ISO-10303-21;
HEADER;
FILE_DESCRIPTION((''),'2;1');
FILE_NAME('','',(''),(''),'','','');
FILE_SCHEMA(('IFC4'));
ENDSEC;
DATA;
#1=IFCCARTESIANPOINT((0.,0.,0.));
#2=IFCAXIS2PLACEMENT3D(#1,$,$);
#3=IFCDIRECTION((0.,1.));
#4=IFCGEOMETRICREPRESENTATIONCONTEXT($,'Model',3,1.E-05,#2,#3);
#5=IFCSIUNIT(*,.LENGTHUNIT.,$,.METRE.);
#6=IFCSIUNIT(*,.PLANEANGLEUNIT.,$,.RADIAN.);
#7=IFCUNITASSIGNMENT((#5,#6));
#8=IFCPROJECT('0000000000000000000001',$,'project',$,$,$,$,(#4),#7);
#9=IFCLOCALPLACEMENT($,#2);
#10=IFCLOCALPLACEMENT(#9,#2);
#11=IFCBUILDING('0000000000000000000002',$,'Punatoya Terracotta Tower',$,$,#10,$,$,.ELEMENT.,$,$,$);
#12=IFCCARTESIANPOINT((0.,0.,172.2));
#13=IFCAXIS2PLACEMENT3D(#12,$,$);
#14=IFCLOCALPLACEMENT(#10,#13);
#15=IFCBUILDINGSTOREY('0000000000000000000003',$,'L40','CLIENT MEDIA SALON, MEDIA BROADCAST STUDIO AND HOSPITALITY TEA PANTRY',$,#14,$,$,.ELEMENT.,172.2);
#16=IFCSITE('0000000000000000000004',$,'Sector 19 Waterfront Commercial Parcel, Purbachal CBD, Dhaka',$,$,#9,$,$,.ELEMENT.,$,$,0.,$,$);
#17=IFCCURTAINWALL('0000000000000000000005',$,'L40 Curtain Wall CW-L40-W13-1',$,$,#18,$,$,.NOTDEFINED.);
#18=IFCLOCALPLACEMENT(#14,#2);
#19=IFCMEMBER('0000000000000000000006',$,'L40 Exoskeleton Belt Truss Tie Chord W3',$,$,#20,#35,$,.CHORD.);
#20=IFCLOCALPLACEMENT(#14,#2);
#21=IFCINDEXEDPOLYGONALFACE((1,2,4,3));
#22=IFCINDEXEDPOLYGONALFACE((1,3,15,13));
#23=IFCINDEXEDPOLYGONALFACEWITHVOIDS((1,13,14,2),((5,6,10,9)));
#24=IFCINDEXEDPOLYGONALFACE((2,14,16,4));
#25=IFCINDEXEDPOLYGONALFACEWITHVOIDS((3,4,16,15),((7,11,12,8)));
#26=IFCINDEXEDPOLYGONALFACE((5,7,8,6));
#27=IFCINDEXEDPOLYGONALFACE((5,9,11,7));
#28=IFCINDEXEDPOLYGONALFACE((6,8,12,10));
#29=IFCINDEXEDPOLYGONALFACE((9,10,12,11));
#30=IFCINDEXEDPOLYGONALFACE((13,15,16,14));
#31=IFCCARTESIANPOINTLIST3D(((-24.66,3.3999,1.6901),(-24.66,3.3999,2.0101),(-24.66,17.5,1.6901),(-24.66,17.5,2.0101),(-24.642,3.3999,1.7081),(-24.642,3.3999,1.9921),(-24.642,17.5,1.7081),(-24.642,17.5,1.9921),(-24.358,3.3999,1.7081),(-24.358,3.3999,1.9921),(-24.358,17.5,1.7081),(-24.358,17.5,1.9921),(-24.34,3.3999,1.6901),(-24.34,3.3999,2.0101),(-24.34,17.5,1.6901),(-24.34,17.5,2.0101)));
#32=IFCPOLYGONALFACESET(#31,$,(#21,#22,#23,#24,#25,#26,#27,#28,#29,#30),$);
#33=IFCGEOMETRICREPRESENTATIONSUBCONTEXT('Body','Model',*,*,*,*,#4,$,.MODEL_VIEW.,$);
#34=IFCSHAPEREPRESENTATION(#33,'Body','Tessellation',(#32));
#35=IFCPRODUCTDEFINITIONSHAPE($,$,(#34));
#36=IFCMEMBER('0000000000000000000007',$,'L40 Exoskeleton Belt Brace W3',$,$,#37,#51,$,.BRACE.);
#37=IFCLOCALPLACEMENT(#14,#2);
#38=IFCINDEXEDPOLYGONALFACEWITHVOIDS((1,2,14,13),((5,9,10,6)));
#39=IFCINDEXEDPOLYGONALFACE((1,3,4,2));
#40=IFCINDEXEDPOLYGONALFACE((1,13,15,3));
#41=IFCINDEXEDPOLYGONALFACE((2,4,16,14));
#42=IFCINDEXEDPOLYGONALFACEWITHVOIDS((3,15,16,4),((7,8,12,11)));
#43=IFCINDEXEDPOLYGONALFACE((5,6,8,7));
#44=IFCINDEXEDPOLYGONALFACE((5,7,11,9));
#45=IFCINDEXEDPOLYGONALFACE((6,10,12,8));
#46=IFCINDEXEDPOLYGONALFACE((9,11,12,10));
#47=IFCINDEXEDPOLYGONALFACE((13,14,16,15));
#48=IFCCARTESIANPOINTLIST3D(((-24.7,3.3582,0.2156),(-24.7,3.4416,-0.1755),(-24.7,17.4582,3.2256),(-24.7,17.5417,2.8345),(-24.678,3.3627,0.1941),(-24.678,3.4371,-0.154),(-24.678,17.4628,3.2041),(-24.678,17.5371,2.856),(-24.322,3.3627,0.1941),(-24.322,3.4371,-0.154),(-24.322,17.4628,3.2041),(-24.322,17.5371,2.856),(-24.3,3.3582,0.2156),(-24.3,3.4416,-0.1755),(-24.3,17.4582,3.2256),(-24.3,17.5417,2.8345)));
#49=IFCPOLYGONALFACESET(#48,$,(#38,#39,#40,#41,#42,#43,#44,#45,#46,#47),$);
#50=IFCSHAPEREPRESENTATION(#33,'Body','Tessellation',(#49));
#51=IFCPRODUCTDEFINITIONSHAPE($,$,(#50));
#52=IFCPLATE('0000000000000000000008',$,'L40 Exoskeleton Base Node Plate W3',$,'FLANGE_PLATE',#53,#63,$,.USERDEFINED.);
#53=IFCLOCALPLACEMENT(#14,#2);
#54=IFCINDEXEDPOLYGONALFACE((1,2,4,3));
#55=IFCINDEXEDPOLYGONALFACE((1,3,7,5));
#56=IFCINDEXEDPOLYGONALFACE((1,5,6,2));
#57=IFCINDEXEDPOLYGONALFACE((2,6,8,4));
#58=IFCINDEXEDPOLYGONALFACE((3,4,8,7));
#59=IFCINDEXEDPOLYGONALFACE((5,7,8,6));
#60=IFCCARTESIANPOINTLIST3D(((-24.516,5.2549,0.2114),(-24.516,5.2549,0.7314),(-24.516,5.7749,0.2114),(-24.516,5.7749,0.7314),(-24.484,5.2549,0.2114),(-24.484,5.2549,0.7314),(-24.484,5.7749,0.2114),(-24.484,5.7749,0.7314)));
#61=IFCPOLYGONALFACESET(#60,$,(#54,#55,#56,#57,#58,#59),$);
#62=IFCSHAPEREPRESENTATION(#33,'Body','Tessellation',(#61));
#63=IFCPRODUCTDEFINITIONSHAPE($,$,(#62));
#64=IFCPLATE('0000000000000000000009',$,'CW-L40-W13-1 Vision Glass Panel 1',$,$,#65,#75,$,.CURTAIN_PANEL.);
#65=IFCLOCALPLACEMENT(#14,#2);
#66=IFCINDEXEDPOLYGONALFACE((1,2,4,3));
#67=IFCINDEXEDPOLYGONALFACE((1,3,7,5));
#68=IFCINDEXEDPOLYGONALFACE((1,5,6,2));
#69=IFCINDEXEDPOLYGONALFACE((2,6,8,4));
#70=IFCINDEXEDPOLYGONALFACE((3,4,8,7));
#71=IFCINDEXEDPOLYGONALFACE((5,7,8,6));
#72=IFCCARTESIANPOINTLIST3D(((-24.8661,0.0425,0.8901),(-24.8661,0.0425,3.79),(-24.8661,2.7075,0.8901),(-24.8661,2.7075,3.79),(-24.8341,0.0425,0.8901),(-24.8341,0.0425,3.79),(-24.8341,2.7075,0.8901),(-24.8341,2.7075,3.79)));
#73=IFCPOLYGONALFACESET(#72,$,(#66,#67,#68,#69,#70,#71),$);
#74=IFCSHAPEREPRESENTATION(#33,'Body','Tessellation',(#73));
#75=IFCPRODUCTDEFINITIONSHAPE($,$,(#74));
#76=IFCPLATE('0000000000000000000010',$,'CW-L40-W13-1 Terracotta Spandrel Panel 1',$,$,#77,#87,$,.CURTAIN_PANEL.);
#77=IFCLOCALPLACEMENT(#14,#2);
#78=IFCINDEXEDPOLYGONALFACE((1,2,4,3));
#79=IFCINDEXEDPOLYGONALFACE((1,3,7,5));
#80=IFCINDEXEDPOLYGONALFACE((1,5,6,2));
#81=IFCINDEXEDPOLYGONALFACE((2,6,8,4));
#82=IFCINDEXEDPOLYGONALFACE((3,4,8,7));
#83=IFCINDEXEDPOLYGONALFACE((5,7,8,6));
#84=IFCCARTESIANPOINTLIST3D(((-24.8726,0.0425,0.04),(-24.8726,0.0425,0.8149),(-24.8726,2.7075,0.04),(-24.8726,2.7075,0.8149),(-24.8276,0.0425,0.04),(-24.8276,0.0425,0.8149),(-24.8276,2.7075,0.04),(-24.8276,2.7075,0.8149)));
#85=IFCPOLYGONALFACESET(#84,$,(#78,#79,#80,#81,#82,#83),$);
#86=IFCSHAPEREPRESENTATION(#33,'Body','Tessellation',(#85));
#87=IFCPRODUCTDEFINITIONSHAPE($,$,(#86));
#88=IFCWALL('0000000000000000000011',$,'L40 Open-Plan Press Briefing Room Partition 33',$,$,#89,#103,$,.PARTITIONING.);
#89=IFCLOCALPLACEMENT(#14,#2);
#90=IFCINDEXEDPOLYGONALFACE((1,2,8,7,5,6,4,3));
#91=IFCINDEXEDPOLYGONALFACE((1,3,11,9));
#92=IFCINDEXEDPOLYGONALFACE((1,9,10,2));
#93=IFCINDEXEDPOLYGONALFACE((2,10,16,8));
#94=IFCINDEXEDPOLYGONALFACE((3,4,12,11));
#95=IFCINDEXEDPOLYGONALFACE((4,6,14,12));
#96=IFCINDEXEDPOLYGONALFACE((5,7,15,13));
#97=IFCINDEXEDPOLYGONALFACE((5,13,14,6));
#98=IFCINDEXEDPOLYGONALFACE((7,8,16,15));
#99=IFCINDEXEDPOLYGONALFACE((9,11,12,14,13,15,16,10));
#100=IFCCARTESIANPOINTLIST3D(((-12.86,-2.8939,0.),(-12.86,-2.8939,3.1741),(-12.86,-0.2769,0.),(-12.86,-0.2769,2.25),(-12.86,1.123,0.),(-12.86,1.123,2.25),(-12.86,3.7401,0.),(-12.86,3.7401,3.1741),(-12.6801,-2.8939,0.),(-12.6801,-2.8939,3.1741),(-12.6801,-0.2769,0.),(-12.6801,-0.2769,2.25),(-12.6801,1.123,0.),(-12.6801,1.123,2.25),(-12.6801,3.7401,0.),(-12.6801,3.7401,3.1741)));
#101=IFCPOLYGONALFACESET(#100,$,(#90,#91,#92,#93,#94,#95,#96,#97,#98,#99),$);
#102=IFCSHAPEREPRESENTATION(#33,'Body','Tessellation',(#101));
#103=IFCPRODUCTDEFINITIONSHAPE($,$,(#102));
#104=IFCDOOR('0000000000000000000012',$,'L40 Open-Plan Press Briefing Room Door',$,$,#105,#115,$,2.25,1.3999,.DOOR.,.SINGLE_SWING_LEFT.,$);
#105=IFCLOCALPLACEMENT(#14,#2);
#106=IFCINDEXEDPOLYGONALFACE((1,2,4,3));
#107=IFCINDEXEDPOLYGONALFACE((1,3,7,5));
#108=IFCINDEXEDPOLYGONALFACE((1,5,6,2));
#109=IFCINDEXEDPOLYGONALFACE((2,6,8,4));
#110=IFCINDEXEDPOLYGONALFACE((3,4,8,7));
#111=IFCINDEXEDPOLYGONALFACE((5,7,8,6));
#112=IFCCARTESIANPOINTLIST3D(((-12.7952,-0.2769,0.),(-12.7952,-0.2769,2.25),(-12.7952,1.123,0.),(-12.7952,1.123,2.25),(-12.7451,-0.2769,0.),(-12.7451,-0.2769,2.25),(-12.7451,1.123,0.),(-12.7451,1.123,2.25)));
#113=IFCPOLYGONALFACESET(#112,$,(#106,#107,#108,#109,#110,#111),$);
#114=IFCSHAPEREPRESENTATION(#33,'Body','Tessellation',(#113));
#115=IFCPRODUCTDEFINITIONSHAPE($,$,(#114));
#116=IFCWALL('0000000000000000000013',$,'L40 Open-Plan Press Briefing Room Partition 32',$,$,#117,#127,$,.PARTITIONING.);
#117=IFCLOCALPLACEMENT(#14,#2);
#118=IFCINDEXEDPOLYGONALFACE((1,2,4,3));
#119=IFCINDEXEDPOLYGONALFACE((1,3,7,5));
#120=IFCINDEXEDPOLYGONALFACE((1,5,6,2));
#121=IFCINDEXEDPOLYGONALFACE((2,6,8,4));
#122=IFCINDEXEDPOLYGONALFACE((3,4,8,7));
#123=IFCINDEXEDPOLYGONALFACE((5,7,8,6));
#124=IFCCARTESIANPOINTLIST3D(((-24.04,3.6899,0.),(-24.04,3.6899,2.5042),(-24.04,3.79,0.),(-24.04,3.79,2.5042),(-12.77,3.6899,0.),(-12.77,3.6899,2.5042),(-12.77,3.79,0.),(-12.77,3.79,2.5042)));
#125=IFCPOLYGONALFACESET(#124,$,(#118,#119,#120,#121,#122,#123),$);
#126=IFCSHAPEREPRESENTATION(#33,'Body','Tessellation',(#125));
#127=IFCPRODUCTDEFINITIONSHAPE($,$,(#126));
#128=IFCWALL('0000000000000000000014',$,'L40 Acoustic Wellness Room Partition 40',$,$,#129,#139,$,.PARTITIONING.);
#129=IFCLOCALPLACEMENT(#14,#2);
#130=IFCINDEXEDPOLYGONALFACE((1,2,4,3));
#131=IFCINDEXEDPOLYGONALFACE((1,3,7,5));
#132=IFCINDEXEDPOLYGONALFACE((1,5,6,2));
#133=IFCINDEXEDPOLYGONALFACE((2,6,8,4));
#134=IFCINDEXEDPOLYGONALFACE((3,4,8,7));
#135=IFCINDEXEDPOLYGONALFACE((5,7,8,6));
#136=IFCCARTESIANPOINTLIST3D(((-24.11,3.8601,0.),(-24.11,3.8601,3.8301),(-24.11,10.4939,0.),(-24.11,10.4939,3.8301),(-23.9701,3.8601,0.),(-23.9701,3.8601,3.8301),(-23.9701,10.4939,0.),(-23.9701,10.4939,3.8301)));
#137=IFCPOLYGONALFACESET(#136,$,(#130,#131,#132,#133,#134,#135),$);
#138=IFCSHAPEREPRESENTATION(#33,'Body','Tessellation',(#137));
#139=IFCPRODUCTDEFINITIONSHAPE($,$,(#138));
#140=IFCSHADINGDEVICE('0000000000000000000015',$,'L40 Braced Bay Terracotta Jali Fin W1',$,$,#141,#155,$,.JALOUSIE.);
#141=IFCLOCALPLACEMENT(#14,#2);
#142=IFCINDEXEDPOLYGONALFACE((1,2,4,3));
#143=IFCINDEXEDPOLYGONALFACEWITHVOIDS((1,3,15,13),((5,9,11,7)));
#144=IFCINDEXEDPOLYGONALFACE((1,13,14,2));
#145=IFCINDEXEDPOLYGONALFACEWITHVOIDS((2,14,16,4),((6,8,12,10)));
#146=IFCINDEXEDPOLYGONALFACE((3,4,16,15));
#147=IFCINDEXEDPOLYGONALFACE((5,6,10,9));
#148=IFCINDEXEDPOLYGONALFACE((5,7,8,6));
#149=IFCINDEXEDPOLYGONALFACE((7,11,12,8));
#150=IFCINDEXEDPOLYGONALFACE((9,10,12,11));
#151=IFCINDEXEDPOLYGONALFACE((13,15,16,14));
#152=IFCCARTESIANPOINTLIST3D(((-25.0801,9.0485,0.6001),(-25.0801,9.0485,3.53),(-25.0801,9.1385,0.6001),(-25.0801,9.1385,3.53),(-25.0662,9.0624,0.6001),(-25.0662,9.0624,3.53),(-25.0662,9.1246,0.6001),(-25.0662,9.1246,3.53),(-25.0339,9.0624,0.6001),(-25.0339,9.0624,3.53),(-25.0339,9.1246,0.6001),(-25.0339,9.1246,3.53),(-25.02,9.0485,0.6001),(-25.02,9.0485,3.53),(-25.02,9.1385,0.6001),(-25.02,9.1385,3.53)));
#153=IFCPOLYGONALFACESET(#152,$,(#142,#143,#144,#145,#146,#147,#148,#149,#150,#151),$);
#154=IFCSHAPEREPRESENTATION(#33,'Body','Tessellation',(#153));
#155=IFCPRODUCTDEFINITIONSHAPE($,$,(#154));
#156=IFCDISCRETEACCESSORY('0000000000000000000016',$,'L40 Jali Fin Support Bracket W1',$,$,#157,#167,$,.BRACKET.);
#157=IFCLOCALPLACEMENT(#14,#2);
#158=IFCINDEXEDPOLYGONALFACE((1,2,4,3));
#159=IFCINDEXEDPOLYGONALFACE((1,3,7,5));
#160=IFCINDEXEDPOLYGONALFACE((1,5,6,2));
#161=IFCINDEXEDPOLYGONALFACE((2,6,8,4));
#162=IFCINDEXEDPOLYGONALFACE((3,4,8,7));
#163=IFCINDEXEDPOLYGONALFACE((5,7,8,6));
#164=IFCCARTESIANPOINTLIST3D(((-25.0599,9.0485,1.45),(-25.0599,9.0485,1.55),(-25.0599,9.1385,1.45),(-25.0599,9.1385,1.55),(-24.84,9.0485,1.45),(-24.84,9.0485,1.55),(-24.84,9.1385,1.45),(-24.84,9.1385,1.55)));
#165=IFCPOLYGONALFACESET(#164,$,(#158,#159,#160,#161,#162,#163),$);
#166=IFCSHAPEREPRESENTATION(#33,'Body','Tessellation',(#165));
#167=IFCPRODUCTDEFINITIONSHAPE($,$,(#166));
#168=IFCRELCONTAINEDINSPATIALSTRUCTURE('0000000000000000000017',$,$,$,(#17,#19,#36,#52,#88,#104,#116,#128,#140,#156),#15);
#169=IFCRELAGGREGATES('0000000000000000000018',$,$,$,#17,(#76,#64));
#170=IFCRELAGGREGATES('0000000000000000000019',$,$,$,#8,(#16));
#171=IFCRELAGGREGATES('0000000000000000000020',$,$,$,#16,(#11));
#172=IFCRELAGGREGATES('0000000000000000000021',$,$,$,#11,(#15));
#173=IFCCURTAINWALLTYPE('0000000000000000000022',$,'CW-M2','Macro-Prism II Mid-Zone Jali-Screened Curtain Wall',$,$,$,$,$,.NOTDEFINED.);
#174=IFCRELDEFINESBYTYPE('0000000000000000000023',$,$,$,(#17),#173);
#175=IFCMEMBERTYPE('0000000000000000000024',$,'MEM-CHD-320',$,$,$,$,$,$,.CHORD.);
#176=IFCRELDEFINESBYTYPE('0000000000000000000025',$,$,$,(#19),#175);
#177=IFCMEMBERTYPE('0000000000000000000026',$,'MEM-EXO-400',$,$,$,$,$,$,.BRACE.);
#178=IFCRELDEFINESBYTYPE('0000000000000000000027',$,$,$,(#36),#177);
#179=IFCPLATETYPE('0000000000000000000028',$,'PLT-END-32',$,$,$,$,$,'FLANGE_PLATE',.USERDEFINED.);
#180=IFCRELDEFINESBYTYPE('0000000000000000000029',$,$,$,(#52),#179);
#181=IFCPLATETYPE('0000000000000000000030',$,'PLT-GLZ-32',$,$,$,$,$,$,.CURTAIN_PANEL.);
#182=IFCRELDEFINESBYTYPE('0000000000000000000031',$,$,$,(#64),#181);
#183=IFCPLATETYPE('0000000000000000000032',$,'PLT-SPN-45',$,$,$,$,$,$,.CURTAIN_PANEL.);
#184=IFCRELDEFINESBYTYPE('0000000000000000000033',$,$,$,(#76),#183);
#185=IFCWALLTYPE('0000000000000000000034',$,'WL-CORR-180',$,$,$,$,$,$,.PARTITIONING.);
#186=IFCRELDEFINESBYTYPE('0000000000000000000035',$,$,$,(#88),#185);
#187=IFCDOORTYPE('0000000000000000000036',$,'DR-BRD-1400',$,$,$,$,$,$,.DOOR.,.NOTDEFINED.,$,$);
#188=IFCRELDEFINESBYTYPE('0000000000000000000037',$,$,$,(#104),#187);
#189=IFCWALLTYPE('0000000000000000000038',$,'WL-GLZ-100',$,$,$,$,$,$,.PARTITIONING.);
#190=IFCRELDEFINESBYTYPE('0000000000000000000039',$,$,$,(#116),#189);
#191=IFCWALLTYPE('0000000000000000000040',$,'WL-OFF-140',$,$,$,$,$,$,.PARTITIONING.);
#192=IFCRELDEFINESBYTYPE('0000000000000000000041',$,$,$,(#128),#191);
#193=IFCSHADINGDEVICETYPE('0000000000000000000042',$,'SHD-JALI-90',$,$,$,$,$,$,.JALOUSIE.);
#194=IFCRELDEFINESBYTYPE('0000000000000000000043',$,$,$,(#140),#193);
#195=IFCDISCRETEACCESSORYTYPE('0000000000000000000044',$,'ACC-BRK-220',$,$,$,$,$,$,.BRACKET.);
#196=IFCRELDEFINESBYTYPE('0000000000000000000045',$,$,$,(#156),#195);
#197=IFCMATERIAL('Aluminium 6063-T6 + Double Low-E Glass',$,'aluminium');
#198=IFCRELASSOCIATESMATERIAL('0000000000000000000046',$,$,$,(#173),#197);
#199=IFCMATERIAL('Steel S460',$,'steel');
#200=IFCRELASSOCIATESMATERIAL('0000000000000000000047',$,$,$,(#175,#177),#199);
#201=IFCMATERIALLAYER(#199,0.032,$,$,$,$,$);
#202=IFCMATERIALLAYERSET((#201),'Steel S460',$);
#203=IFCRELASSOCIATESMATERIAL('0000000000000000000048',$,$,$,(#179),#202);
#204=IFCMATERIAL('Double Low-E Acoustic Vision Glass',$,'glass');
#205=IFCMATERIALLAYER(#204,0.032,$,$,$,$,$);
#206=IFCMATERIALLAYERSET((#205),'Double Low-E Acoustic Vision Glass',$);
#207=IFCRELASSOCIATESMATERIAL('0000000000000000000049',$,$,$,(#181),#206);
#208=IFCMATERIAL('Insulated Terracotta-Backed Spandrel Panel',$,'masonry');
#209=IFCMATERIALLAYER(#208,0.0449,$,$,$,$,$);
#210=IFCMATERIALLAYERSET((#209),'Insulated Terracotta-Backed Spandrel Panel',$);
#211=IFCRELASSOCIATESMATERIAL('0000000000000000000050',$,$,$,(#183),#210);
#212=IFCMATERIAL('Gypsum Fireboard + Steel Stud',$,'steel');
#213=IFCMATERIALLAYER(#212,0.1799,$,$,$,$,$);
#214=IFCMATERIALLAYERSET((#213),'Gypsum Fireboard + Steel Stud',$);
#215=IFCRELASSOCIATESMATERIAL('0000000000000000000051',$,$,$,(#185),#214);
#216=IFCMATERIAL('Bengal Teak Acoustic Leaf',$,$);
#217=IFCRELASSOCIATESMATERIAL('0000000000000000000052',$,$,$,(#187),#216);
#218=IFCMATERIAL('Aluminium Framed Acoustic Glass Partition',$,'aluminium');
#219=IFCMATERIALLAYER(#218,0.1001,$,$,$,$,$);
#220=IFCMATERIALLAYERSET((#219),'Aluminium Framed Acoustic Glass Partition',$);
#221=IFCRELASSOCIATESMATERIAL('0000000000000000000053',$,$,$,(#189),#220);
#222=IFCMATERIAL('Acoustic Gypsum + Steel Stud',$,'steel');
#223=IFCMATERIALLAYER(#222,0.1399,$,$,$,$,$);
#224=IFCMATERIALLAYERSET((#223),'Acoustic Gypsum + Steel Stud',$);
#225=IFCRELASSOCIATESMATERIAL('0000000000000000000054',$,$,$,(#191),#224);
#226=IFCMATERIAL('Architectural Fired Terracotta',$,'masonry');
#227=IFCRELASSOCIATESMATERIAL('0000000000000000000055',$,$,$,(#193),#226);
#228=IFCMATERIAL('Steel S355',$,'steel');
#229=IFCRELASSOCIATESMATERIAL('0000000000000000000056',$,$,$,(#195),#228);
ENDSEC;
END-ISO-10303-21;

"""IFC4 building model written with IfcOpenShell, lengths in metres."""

from ifc_helpers import new_model, si_unit, direction, frame, frame_2d, origin, origin_2d, place, context, subcontext, project, spatial, rectangle, hollow_rectangle, extrude, material, layer, layer_set, material_profile, profile_set, type_object, element, fill, aggregate, save


model = new_model("IFC4")

# Units and contexts
model_context = context("Model", 3, precision=1e-05, world=origin(), true_north=direction((0.0, 1.0)))
body_context = subcontext(model_context, "Body", "Model", "MODEL_VIEW")
ifc_project = project(units=[si_unit("LENGTHUNIT", "METRE"), si_unit("PLANEANGLEUNIT", "RADIAN")], contexts=[model_context])

# Site, building, storey
site_placement = place(None, origin())
site = spatial("IfcSite", under=ifc_project, at=site_placement, Name="Sector 19 Waterfront Commercial Parcel, Purbachal CBD, Dhaka", CompositionType="ELEMENT", RefElevation=0.0)
building_placement = place(site_placement, origin())
building = spatial("IfcBuilding", under=site, at=building_placement, Name="Punatoya Terracotta Tower", CompositionType="ELEMENT")
storey_placement = place(building_placement, frame((0.0, 0.0, 172.2)))
storey = spatial("IfcBuildingStorey", under=building, at=storey_placement, Name="L40", Description="CLIENT MEDIA SALON, MEDIA BROADCAST STUDIO AND HOSPITALITY TEA PANTRY", CompositionType="ELEMENT", Elevation=172.2)

# Shared definitions
ifc_material_1 = material(Name="Steel S460", Category="steel")

# Curtain wall
ifc_material_2 = material(Name="Aluminium 6063-T6 + Double Low-E Glass", Category="aluminium")
curtain_wall_type = type_object("IfcCurtainWallType", Name="CW-M2", Description="Macro-Prism II Mid-Zone Jali-Screened Curtain Wall", PredefinedType="NOTDEFINED", material=ifc_material_2)
curtain_wall_placement = place(storey_placement, origin())
curtain_wall = element("IfcCurtainWall", 1, at=curtain_wall_placement, inside=storey, type_object=curtain_wall_type, Name="L40 Curtain Wall CW-L40-W13-1", PredefinedType="NOTDEFINED")

# Members
ifc_material_profile_1 = material_profile(ifc_material_1, hollow_rectangle(XDim=0.3201, YDim=0.3201, WallThickness=0.0181, at=origin_2d()))
ifc_profile_set_1 = profile_set([ifc_material_profile_1], Name="Steel S460")
member_type_1 = type_object("IfcMemberType", Name="MEM-CHD-320", PredefinedType="CHORD", material=ifc_profile_set_1)
member_1_placement = place(storey_placement, frame((-24.5, 3.3999, 1.8501), z_axis=(0.0, 1.0, 0.0), x_axis=(-1.0, 0.0, 0.0)))
element("IfcMember", 2, at=member_1_placement, inside=storey, type_object=member_type_1, Name="L40 Exoskeleton Belt Truss Tie Chord W3", PredefinedType="CHORD", context=body_context, shape_type="SweptSolid", body=[
    extrude(hollow_rectangle(XDim=0.3201, YDim=0.3201, WallThickness=0.0181, at=origin_2d()), origin(), (0.0, 0.0, 1.0), 14.1001),
])
ifc_material_profile_2 = material_profile(ifc_material_1, hollow_rectangle(XDim=0.3999, YDim=0.3999, WallThickness=0.022, at=origin_2d()))
ifc_profile_set_2 = profile_set([ifc_material_profile_2], Name="Steel S460")
member_type_2 = type_object("IfcMemberType", Name="MEM-EXO-400", PredefinedType="BRACE", material=ifc_profile_set_2)
member_2_placement = place(storey_placement, frame((-24.5, 3.3999, 0.02), z_axis=(0.0, 0.977965, 0.20877), x_axis=(-1.0, 0.0, 0.0)))
element("IfcMember", 3, at=member_2_placement, inside=storey, type_object=member_type_2, Name="L40 Exoskeleton Belt Brace W3", PredefinedType="BRACE", context=body_context, shape_type="SweptSolid", body=[
    extrude(hollow_rectangle(XDim=0.3999, YDim=0.3999, WallThickness=0.022, at=origin_2d()), origin(), (0.0, 0.0, 1.0), 14.4177),
])

# Plates
ifc_layer_1 = layer(ifc_material_1, 0.032)
ifc_layer_set_1 = layer_set([ifc_layer_1], Name="Steel S460")
plate_type_1 = type_object("IfcPlateType", Name="PLT-END-32", ElementType="FLANGE_PLATE", PredefinedType="USERDEFINED", material=ifc_layer_set_1)
plate_1_placement = place(storey_placement, frame((-24.5, 5.5149, 0.2114), z_axis=(0.0, 0.0, 1.0), x_axis=(0.0, 1.0, 0.0)))
element("IfcPlate", 4, at=plate_1_placement, inside=storey, type_object=plate_type_1, Name="L40 Exoskeleton Base Node Plate W3", ObjectType="FLANGE_PLATE", PredefinedType="USERDEFINED", context=body_context, shape_type="SweptSolid", body=[
    extrude(rectangle(XDim=0.52, YDim=0.032, at=origin_2d()), origin(), (0.0, 0.0, 1.0), 0.52),
])
ifc_material_3 = material(Name="Double Low-E Acoustic Vision Glass", Category="glass")
ifc_layer_2 = layer(ifc_material_3, 0.032)
ifc_layer_set_2 = layer_set([ifc_layer_2], Name="Double Low-E Acoustic Vision Glass")
plate_type_2 = type_object("IfcPlateType", Name="PLT-GLZ-32", PredefinedType="CURTAIN_PANEL", material=ifc_layer_set_2)
plate_2_placement = place(storey_placement, frame((-24.8501, 1.375, 0.8901), z_axis=(0.0, 0.0, 1.0), x_axis=(0.0, -1.0, 0.0)))
plate_2 = element("IfcPlate", 5, at=plate_2_placement, type_object=plate_type_2, Name="CW-L40-W13-1 Vision Glass Panel 1", PredefinedType="CURTAIN_PANEL", context=body_context, shape_type="SweptSolid", body=[
    extrude(rectangle(XDim=2.665, YDim=0.032, at=origin_2d()), origin(), (0.0, 0.0, 1.0), 2.8999),
])
ifc_material_4 = material(Name="Insulated Terracotta-Backed Spandrel Panel", Category="masonry")
ifc_layer_3 = layer(ifc_material_4, 0.0449)
ifc_layer_set_3 = layer_set([ifc_layer_3], Name="Insulated Terracotta-Backed Spandrel Panel")
plate_type_3 = type_object("IfcPlateType", Name="PLT-SPN-45", PredefinedType="CURTAIN_PANEL", material=ifc_layer_set_3)
plate_3_placement = place(storey_placement, frame((-24.8501, 1.375, 0.04), z_axis=(0.0, 0.0, 1.0), x_axis=(0.0, -1.0, 0.0)))
plate_3 = element("IfcPlate", 6, at=plate_3_placement, type_object=plate_type_3, Name="CW-L40-W13-1 Terracotta Spandrel Panel 1", PredefinedType="CURTAIN_PANEL", context=body_context, shape_type="SweptSolid", body=[
    extrude(rectangle(XDim=2.665, YDim=0.0449, at=origin_2d()), origin(), (0.0, 0.0, 1.0), 0.7749),
])
aggregate(curtain_wall, [plate_3, plate_2])

# Wall, opening, door
ifc_material_5 = material(Name="Gypsum Fireboard + Steel Stud", Category="steel")
ifc_layer_4 = layer(ifc_material_5, 0.1799)
ifc_layer_set_4 = layer_set([ifc_layer_4], Name="Gypsum Fireboard + Steel Stud")
wall_type_1 = type_object("IfcWallType", Name="WL-CORR-180", PredefinedType="PARTITIONING", material=ifc_layer_set_4)
wall_1_placement = place(storey_placement, frame((-12.77, 3.74, 0.0), z_axis=(0.0, 0.0, 1.0), x_axis=(0.0, -1.0, 0.0)))
wall_1 = element("IfcWall", 7, at=wall_1_placement, inside=storey, type_object=wall_type_1, Name="L40 Open-Plan Press Briefing Room Partition 33", PredefinedType="PARTITIONING", context=body_context, shape_type="SweptSolid", body=[
    extrude(rectangle(XDim=6.634, YDim=0.1799, at=frame_2d((3.3169, 0.0))), origin(), (0.0, 0.0, 1.0), 3.1741),
])
opening_placement = place(wall_1_placement, frame((2.6169, 0.0, 0.0)))
opening = element("IfcOpeningElement", 8, at=opening_placement, cuts=wall_1, PredefinedType="OPENING", context=body_context, shape_type="SweptSolid", body=[
    extrude(rectangle(XDim=1.3999, YDim=2.25, at=frame_2d((0.7, 1.125))), frame((0.0, 0.0999, 0.0), z_axis=(0.0, -1.0, 0.0), x_axis=(1.0, 0.0, 0.0)), (0.0, 0.0, 1.0), 0.2),
])
ifc_material_6 = material(Name="Bengal Teak Acoustic Leaf")
door_type = type_object("IfcDoorType", Name="DR-BRD-1400", OperationType="NOTDEFINED", PredefinedType="DOOR", material=ifc_material_6)
door_placement = place(opening_placement, origin())
door = element("IfcDoor", 9, at=door_placement, inside=storey, type_object=door_type, Name="L40 Open-Plan Press Briefing Room Door", OperationType="SINGLE_SWING_LEFT", OverallHeight=2.25, OverallWidth=1.3999, PredefinedType="DOOR", context=body_context, shape_type="SweptSolid", body=[
    extrude(rectangle(XDim=1.3999, YDim=2.25, at=frame_2d((0.7, 1.125))), frame((0.0, 0.0249, 0.0), z_axis=(0.0, -1.0, 0.0), x_axis=(1.0, 0.0, 0.0)), (0.0, 0.0, 1.0), 0.05),
])
fill(opening, door)

# Walls
ifc_material_7 = material(Name="Aluminium Framed Acoustic Glass Partition", Category="aluminium")
ifc_layer_5 = layer(ifc_material_7, 0.1001)
ifc_layer_set_5 = layer_set([ifc_layer_5], Name="Aluminium Framed Acoustic Glass Partition")
wall_type_2 = type_object("IfcWallType", Name="WL-GLZ-100", PredefinedType="PARTITIONING", material=ifc_layer_set_5)
wall_2_placement = place(storey_placement, frame((-24.04, 3.74, 0.0), z_axis=(0.0, 0.0, 1.0), x_axis=(1.0, 0.0, 0.0)))
element("IfcWall", 10, at=wall_2_placement, inside=storey, type_object=wall_type_2, Name="L40 Open-Plan Press Briefing Room Partition 32", PredefinedType="PARTITIONING", context=body_context, shape_type="SweptSolid", body=[
    extrude(rectangle(XDim=11.27, YDim=0.1001, at=frame_2d((5.635, 0.0))), origin(), (0.0, 0.0, 1.0), 2.5042),
])
ifc_material_8 = material(Name="Acoustic Gypsum + Steel Stud", Category="steel")
ifc_layer_6 = layer(ifc_material_8, 0.1399)
ifc_layer_set_6 = layer_set([ifc_layer_6], Name="Acoustic Gypsum + Steel Stud")
wall_type_3 = type_object("IfcWallType", Name="WL-OFF-140", PredefinedType="PARTITIONING", material=ifc_layer_set_6)
wall_3_placement = place(storey_placement, frame((-24.04, 3.8601, 0.0), z_axis=(0.0, 0.0, 1.0), x_axis=(0.0, 1.0, 0.0)))
element("IfcWall", 11, at=wall_3_placement, inside=storey, type_object=wall_type_3, Name="L40 Acoustic Wellness Room Partition 40", PredefinedType="PARTITIONING", context=body_context, shape_type="SweptSolid", body=[
    extrude(rectangle(XDim=6.6338, YDim=0.1399, at=frame_2d((3.3169, 0.0))), origin(), (0.0, 0.0, 1.0), 3.8301),
])

# Shading device
ifc_material_9 = material(Name="Architectural Fired Terracotta", Category="masonry")
ifc_material_profile_3 = material_profile(ifc_material_9, hollow_rectangle(XDim=0.0601, YDim=0.0901, WallThickness=0.0139, at=origin_2d()))
ifc_profile_set_3 = profile_set([ifc_material_profile_3], Name="Architectural Fired Terracotta")
shading_device_type = type_object("IfcShadingDeviceType", Name="SHD-JALI-90", PredefinedType="JALOUSIE", material=ifc_profile_set_3)
shading_device_placement = place(storey_placement, frame((-25.05, 9.0935, 0.6001), z_axis=(0.0, 0.0, 1.0), x_axis=(1.0, 0.0, 0.0)))
element("IfcShadingDevice", 12, at=shading_device_placement, inside=storey, type_object=shading_device_type, Name="L40 Braced Bay Terracotta Jali Fin W1", PredefinedType="JALOUSIE", context=body_context, shape_type="SweptSolid", body=[
    extrude(hollow_rectangle(XDim=0.0601, YDim=0.0901, WallThickness=0.0139, at=origin_2d()), origin(), (0.0, 0.0, 1.0), 2.9299),
])

# Discrete accessory
ifc_material_10 = material(Name="Steel S355", Category="steel")
discrete_accessory_type = type_object("IfcDiscreteAccessoryType", Name="ACC-BRK-220", PredefinedType="BRACKET", material=ifc_material_10)
discrete_accessory_placement = place(storey_placement, frame((-24.95, 9.0935, 1.45), z_axis=(0.0, 0.0, 1.0), x_axis=(0.0, -1.0, 0.0)))
element("IfcDiscreteAccessory", 13, at=discrete_accessory_placement, inside=storey, type_object=discrete_accessory_type, Name="L40 Jali Fin Support Bracket W1", PredefinedType="BRACKET", context=body_context, shape_type="SweptSolid", body=[
    extrude(rectangle(XDim=0.0901, YDim=0.22, at=origin_2d()), origin(), (0.0, 0.0, 1.0), 0.1001),
])

save(model, "model.ifc")
